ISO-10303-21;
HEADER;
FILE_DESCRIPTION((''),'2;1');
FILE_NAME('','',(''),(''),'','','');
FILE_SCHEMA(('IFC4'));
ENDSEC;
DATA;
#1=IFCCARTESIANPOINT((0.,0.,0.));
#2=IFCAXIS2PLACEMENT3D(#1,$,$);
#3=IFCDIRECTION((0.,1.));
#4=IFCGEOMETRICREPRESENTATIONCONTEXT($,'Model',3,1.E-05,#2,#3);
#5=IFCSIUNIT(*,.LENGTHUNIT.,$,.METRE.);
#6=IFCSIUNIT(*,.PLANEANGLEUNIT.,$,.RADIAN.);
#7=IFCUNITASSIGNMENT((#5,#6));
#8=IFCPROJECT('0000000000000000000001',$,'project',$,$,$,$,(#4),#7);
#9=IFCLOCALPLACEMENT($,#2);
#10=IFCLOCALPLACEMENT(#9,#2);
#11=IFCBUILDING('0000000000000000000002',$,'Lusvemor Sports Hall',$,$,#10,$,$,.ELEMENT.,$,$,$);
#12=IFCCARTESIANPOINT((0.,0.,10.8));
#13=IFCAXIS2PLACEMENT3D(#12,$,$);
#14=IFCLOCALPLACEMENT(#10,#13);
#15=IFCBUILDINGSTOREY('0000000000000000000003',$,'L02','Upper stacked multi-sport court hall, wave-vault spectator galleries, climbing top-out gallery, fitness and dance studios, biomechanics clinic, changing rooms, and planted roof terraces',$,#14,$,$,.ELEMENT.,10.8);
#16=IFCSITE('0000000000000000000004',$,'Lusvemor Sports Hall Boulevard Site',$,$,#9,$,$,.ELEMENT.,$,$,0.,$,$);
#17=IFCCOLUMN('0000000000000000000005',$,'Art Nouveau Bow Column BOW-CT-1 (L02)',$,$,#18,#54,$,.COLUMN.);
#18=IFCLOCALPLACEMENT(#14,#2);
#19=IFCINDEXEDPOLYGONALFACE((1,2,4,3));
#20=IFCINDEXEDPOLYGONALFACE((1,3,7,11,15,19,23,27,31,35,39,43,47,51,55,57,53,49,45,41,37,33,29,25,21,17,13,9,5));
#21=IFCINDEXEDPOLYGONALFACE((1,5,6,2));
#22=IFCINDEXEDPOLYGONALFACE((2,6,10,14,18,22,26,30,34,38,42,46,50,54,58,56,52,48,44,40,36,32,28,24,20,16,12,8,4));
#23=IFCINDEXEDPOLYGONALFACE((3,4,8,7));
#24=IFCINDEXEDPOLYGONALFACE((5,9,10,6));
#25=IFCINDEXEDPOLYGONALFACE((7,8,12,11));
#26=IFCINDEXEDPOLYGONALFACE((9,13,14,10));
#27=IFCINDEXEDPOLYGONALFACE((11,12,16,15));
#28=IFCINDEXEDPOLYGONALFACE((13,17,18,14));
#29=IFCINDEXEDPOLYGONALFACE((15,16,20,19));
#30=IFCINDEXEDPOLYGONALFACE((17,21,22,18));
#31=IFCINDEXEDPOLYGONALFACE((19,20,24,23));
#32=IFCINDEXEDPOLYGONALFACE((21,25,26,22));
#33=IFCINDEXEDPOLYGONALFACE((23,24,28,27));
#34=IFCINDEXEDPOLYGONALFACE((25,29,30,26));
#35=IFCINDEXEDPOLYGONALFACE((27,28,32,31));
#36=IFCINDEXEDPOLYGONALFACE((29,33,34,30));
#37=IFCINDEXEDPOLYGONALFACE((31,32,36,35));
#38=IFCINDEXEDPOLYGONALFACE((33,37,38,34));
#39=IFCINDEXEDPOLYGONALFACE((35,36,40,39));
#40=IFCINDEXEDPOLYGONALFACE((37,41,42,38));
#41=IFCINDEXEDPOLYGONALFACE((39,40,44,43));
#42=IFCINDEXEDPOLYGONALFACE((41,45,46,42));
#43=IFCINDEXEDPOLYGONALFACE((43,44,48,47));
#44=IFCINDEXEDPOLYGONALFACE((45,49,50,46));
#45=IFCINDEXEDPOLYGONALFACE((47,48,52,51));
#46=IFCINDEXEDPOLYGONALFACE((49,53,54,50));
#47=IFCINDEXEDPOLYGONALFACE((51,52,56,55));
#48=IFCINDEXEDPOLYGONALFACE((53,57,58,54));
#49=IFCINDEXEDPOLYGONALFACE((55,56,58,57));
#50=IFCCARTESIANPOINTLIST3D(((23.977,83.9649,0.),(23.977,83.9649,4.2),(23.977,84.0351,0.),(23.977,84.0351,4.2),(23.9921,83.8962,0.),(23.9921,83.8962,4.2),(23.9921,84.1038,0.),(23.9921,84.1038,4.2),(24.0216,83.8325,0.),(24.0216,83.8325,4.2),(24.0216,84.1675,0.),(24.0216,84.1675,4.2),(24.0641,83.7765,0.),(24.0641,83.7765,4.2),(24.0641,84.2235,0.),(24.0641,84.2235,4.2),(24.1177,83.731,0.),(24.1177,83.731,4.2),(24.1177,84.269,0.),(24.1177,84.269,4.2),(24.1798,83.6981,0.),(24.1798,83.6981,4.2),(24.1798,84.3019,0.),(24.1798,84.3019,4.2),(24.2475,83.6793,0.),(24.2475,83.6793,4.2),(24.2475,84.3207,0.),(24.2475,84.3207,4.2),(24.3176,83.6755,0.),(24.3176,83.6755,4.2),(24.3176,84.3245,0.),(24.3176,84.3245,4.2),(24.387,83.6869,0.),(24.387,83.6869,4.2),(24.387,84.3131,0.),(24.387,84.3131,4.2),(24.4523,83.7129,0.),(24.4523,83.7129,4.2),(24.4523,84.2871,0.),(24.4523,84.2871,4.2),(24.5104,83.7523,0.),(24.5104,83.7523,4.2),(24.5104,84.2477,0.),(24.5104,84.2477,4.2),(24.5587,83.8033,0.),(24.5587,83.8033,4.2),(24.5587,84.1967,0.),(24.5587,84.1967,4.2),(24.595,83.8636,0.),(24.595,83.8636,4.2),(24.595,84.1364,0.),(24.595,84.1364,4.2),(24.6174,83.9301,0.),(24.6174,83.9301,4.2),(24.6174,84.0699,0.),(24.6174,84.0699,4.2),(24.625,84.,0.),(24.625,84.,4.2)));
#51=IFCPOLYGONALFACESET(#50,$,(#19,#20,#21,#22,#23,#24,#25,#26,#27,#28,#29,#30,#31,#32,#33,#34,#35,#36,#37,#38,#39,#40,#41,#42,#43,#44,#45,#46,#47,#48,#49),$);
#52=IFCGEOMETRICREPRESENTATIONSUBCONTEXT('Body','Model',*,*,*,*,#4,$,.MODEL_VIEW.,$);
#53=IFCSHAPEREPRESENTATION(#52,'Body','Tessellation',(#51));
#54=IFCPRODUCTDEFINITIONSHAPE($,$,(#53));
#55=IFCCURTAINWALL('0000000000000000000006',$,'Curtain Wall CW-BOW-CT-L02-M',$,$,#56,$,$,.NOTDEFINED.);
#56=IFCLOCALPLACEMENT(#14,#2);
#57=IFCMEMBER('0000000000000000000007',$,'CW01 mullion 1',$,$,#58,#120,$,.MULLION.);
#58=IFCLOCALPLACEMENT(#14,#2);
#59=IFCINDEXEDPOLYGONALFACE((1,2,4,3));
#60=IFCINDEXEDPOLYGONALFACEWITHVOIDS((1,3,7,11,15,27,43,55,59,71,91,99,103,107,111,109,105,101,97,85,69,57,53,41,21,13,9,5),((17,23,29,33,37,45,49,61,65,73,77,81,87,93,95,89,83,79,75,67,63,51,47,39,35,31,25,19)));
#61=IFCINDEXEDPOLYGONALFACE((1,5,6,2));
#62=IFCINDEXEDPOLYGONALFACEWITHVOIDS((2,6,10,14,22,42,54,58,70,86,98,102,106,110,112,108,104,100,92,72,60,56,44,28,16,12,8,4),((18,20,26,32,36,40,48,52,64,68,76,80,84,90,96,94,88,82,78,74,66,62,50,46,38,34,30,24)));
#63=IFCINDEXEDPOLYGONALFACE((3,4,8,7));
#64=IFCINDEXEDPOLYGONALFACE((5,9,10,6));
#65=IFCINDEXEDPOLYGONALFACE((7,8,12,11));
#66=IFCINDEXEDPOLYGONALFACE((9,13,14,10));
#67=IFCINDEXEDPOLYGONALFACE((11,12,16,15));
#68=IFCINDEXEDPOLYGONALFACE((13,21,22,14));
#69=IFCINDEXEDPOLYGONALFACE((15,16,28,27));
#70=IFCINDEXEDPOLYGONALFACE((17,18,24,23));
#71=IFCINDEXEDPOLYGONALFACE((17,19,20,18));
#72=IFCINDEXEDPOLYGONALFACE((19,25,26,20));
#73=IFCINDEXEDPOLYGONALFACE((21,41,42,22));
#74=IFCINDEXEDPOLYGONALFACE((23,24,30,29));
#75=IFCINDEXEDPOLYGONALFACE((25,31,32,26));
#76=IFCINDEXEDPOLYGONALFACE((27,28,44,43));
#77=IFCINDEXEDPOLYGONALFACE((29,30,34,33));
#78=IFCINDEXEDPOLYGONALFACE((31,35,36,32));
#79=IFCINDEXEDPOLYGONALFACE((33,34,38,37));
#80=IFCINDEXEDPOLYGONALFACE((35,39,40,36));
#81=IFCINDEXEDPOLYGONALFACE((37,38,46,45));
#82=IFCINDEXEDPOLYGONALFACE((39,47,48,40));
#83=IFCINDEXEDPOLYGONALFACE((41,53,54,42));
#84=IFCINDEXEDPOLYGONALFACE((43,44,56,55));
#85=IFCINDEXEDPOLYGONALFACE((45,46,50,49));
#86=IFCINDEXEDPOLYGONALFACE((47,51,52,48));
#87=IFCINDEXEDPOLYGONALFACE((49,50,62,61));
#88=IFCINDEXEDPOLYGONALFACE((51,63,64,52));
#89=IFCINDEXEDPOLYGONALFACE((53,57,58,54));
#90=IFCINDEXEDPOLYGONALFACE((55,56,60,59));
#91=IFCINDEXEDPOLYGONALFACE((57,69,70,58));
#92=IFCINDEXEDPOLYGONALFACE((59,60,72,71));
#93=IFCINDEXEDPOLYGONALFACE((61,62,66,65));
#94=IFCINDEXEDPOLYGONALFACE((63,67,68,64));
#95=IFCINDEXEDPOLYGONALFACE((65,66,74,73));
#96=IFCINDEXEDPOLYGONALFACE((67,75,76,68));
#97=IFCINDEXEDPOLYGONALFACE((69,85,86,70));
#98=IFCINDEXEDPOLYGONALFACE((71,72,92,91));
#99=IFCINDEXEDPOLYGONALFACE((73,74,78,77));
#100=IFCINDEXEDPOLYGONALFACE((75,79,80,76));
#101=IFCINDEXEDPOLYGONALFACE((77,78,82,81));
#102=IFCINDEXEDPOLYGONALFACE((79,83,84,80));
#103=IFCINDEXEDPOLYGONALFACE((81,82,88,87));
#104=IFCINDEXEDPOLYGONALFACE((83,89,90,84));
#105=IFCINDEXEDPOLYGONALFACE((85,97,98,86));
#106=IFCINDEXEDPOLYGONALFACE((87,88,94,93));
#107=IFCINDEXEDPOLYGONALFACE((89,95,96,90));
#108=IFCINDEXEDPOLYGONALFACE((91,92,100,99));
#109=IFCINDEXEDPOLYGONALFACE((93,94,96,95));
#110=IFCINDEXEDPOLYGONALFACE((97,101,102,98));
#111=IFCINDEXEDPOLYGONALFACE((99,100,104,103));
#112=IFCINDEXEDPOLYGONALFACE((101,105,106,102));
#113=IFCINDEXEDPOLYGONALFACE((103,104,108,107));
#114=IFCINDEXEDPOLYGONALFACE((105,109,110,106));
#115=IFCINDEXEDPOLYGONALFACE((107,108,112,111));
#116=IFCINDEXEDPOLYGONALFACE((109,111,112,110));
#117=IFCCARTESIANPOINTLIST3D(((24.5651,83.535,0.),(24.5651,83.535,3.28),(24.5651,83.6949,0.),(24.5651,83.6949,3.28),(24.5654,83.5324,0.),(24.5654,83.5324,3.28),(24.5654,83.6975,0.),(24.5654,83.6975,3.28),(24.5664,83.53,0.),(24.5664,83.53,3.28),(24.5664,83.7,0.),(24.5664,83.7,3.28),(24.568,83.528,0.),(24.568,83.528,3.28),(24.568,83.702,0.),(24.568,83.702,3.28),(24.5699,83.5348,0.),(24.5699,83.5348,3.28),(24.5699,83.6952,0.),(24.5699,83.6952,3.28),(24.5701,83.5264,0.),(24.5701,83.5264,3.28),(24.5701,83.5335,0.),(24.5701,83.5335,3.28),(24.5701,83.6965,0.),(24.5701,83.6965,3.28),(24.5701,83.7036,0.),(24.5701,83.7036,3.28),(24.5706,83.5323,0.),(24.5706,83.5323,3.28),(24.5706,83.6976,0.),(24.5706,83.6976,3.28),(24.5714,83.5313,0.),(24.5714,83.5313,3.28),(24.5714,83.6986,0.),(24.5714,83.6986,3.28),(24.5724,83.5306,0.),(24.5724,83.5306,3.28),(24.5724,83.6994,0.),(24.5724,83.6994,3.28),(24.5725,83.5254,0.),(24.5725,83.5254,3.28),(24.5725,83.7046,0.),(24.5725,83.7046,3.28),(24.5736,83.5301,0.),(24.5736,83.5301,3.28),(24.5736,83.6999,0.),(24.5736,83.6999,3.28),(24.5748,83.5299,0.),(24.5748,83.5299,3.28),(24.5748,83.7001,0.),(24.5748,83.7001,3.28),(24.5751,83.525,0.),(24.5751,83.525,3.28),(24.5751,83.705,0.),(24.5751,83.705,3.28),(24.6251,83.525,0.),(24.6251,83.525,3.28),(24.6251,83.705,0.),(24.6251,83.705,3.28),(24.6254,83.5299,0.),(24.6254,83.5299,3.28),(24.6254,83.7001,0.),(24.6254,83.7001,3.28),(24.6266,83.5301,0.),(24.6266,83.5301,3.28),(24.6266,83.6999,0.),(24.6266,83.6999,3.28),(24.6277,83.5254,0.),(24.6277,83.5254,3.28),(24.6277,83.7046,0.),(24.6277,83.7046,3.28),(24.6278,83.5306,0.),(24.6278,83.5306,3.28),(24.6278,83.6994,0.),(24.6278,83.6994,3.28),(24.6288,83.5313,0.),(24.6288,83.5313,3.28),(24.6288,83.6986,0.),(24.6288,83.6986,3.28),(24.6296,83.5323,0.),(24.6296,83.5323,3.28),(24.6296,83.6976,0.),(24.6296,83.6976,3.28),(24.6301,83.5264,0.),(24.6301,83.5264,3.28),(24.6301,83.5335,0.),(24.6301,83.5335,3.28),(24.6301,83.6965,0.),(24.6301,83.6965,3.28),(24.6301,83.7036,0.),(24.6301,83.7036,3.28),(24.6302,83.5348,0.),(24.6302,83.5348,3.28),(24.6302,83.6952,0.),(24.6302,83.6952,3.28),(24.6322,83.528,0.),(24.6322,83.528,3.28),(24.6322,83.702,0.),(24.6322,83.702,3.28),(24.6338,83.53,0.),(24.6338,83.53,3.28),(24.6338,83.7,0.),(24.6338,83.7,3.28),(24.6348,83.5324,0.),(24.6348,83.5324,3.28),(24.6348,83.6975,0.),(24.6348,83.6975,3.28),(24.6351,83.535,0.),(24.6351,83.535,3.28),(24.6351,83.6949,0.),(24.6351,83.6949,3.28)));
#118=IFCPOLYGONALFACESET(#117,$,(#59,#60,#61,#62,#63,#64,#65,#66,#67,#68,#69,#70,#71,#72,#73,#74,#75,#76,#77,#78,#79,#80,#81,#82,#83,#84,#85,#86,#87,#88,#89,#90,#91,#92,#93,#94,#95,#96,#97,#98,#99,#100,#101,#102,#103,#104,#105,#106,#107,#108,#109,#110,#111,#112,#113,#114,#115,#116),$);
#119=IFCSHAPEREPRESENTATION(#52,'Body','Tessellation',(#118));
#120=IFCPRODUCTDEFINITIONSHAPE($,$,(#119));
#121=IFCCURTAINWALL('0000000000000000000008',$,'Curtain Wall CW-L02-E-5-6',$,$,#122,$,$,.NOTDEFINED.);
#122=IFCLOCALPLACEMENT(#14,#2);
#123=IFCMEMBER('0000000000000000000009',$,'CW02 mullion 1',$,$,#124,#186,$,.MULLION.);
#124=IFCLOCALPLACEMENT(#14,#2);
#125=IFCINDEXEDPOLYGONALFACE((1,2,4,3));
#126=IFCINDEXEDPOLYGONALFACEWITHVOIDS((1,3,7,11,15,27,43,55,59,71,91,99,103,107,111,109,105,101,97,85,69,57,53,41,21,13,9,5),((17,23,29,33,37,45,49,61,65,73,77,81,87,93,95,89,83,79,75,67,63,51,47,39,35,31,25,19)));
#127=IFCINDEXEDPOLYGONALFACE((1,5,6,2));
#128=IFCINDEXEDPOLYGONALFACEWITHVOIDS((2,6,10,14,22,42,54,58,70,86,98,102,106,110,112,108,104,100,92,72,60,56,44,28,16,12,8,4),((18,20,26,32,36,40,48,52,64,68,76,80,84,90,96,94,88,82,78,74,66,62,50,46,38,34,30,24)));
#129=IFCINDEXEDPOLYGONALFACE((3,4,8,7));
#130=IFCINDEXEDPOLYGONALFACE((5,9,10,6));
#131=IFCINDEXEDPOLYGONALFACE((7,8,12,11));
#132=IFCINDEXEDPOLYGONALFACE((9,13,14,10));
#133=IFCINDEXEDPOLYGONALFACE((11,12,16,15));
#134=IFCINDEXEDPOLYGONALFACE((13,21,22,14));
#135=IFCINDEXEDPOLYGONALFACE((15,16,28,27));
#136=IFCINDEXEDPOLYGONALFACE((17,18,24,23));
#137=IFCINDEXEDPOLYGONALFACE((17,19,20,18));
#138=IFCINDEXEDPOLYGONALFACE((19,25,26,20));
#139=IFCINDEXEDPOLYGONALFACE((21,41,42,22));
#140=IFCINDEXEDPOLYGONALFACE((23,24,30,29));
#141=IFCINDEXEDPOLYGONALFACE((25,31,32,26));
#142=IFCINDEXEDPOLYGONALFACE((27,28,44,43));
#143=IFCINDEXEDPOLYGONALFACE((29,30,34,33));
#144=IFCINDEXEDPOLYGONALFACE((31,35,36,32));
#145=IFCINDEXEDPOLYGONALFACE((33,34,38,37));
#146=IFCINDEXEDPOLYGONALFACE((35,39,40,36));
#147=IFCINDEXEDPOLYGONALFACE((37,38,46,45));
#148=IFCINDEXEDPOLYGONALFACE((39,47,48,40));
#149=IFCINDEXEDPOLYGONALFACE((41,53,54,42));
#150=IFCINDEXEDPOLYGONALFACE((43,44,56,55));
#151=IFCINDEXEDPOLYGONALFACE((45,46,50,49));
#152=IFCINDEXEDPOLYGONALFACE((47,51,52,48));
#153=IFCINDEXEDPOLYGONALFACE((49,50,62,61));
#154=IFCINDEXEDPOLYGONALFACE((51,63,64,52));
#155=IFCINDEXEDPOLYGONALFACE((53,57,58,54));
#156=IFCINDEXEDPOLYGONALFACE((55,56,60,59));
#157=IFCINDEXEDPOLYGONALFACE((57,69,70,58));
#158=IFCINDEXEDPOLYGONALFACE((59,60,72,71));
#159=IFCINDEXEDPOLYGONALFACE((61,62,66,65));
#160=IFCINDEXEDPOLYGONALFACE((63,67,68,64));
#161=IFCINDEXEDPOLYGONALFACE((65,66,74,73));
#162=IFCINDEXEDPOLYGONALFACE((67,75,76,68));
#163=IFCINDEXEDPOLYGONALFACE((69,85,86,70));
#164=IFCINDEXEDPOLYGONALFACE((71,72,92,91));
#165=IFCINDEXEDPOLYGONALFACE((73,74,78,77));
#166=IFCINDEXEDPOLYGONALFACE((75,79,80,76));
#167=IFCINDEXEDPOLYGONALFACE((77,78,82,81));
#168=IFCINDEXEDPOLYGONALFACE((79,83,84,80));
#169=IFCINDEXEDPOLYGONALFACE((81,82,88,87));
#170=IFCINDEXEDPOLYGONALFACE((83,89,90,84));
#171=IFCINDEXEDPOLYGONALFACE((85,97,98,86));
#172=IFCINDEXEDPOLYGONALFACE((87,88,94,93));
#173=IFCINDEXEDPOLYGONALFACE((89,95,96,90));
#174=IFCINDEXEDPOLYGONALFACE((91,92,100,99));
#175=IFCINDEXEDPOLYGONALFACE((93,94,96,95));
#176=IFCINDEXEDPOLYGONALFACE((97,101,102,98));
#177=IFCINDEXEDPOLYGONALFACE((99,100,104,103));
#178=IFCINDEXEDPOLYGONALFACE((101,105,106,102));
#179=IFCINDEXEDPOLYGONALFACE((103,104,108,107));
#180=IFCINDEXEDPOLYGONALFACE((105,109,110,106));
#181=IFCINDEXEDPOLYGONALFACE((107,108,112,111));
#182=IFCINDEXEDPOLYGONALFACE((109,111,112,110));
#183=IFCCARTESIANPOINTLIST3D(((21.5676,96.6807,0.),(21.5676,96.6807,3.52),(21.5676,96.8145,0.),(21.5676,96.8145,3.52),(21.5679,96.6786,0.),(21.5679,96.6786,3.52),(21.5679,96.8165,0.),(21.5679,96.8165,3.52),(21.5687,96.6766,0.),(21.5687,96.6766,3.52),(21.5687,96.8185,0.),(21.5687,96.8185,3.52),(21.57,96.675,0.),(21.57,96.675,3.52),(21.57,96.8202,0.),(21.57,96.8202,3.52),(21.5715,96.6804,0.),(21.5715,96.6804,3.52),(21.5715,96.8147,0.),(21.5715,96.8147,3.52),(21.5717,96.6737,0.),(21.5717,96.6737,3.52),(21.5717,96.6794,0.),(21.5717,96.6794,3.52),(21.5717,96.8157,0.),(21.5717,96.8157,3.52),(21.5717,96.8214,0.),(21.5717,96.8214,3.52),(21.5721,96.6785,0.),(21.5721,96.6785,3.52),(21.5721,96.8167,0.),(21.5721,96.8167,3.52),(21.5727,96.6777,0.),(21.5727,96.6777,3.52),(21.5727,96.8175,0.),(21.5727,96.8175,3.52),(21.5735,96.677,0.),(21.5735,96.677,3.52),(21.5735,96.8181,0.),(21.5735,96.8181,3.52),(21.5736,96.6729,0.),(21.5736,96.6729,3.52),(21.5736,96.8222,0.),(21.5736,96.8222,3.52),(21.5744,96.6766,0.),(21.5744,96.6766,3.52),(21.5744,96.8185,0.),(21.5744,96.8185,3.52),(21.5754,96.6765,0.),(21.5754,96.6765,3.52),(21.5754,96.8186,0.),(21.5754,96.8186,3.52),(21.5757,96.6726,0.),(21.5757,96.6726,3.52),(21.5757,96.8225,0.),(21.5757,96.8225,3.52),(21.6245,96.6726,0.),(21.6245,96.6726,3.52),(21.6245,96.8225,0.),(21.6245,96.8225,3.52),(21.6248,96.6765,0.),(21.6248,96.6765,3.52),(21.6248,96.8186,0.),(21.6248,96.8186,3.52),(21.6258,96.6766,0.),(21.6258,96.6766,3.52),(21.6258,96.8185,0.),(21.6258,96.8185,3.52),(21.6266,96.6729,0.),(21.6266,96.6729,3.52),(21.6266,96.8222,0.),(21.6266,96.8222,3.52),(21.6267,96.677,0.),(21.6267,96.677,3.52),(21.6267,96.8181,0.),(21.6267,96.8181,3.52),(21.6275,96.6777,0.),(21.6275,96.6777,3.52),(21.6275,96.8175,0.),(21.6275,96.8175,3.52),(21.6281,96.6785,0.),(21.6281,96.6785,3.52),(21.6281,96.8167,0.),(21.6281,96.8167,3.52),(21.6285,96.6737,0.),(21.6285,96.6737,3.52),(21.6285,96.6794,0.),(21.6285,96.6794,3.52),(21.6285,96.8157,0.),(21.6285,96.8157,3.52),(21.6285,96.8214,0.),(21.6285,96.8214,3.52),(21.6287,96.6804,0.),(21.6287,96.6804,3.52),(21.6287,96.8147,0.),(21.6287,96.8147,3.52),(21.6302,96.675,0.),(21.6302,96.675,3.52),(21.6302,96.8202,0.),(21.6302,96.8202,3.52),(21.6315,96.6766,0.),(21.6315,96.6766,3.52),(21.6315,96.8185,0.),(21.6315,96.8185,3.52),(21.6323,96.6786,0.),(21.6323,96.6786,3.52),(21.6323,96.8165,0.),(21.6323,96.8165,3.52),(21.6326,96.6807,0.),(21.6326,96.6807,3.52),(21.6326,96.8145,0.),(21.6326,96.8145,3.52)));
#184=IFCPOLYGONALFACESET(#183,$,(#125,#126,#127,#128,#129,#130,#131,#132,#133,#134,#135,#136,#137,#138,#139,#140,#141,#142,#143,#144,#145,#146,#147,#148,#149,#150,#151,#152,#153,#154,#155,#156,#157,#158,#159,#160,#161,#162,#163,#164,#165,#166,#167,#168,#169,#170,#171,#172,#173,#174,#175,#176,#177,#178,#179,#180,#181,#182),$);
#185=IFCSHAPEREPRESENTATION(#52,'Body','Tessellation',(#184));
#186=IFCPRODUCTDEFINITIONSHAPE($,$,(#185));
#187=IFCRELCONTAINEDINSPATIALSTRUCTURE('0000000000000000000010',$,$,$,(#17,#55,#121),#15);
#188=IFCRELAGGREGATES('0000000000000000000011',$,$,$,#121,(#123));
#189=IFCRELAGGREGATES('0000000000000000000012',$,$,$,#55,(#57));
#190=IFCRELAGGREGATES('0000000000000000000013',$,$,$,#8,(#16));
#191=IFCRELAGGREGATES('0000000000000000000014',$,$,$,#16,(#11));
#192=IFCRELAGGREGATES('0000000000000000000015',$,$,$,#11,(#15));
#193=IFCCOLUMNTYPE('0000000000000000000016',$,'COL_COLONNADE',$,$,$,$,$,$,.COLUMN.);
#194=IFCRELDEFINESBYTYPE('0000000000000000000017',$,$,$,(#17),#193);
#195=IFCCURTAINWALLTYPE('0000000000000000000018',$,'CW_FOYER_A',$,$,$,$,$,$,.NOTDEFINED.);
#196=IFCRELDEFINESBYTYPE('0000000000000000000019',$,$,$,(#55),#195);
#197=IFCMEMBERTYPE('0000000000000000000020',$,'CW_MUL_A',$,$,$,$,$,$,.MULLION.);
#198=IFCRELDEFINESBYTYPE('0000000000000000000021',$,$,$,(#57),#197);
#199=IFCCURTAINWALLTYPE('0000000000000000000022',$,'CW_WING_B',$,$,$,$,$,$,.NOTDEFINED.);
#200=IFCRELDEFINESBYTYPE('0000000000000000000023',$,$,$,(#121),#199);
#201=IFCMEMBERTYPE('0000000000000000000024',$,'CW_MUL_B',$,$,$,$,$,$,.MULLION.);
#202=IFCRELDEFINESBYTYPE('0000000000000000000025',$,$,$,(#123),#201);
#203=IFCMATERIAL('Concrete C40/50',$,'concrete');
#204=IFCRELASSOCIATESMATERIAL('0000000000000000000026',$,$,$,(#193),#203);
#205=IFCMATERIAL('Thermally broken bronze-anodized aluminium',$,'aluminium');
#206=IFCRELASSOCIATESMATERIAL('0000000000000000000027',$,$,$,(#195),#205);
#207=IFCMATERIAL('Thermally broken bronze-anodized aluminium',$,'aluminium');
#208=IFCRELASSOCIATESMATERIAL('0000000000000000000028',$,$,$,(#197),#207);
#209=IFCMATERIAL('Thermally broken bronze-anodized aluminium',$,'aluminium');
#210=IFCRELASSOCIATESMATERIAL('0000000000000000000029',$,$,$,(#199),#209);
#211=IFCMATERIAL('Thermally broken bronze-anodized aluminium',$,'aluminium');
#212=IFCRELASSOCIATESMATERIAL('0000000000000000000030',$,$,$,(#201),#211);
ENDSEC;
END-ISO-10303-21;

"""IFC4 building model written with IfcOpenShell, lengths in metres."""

from ifc_helpers import new_model, si_unit, direction, frame, origin, origin_2d, place, context, subcontext, project, spatial, hollow_rectangle, circle, extrude, material, material_profile, profile_set, type_object, element, aggregate, save


model = new_model("IFC4")

# Units and contexts
model_context = context("Model", 3, precision=1e-05, world=origin(), true_north=direction((0.0, 1.0)))
body_context = subcontext(model_context, "Body", "Model", "MODEL_VIEW")
ifc_project = project(units=[si_unit("LENGTHUNIT", "METRE"), si_unit("PLANEANGLEUNIT", "RADIAN")], contexts=[model_context])

# Site, building, storey
site_placement = place(None, origin())
site = spatial("IfcSite", under=ifc_project, at=site_placement, Name="Lusvemor Sports Hall Boulevard Site", CompositionType="ELEMENT", RefElevation=0.0)
building_placement = place(site_placement, origin())
building = spatial("IfcBuilding", under=site, at=building_placement, Name="Lusvemor Sports Hall", CompositionType="ELEMENT")
storey_placement = place(building_placement, frame((0.0, 0.0, 10.8)))
storey = spatial("IfcBuildingStorey", under=building, at=storey_placement, Name="L02", Description="Upper stacked multi-sport court hall, wave-vault spectator galleries, climbing top-out gallery, fitness and dance studios, biomechanics clinic, changing rooms, and planted roof terraces", CompositionType="ELEMENT", Elevation=10.8)

# Column
ifc_material_1 = material(Name="Concrete C40/50", Category="concrete")
ifc_material_profile_1 = material_profile(ifc_material_1, circle(Radius=0.325, at=origin_2d()), Name="RCCIRC650")
ifc_profile_set_1 = profile_set([ifc_material_profile_1], Name="Concrete C40/50")
column_type = type_object("IfcColumnType", Name="COL_COLONNADE", PredefinedType="COLUMN", material=ifc_profile_set_1)
column_placement = place(storey_placement, frame((24.3, 84.0, 0.0), z_axis=(0.0, 0.0, 1.0), x_axis=(1.0, 0.0, 0.0)))
element("IfcColumn", 1, at=column_placement, inside=storey, type_object=column_type, Name="Art Nouveau Bow Column BOW-CT-1 (L02)", PredefinedType="COLUMN", context=body_context, shape_type="SweptSolid", body=[
    extrude(circle(Radius=0.325, at=origin_2d()), origin(), (0.0, 0.0, 1.0), 4.2),
])

# Curtain walls, members
ifc_material_2 = material(Name="Thermally broken bronze-anodized aluminium", Category="aluminium")
curtain_wall_type_1 = type_object("IfcCurtainWallType", Name="CW_FOYER_A", PredefinedType="NOTDEFINED", material=ifc_material_2)
curtain_wall_1_placement = place(storey_placement, origin())
curtain_wall_1 = element("IfcCurtainWall", 2, at=curtain_wall_1_placement, inside=storey, type_object=curtain_wall_type_1, Name="Curtain Wall CW-BOW-CT-L02-M", PredefinedType="NOTDEFINED")
ifc_material_3 = material(Name="Thermally broken bronze-anodized aluminium", Category="aluminium")
ifc_material_profile_2 = material_profile(ifc_material_3, hollow_rectangle(XDim=0.0701, YDim=0.1799, WallThickness=0.0049, InnerFilletRadius=0.0049, OuterFilletRadius=0.01, at=origin_2d()), Name="CWMUL180x70x5")
ifc_profile_set_2 = profile_set([ifc_material_profile_2], Name="Thermally broken bronze-anodized aluminium")
member_type_1 = type_object("IfcMemberType", Name="CW_MUL_A", PredefinedType="MULLION", material=ifc_profile_set_2)
member_1_placement = place(storey_placement, frame((24.6001, 83.615, 0.0), z_axis=(0.0, 0.0, 1.0), x_axis=(1.0, 0.0, 0.0)))
member_1 = element("IfcMember", 3, at=member_1_placement, type_object=member_type_1, Name="CW01 mullion 1", PredefinedType="MULLION", context=body_context, shape_type="SweptSolid", body=[
    extrude(hollow_rectangle(XDim=0.0701, YDim=0.1799, WallThickness=0.0049, InnerFilletRadius=0.0049, OuterFilletRadius=0.01, at=origin_2d()), origin(), (0.0, 0.0, 1.0), 3.28),
])
ifc_material_4 = material(Name="Thermally broken bronze-anodized aluminium", Category="aluminium")
curtain_wall_type_2 = type_object("IfcCurtainWallType", Name="CW_WING_B", PredefinedType="NOTDEFINED", material=ifc_material_4)
curtain_wall_2_placement = place(storey_placement, origin())
curtain_wall_2 = element("IfcCurtainWall", 4, at=curtain_wall_2_placement, inside=storey, type_object=curtain_wall_type_2, Name="Curtain Wall CW-L02-E-5-6", PredefinedType="NOTDEFINED")
ifc_material_5 = material(Name="Thermally broken bronze-anodized aluminium", Category="aluminium")
ifc_material_profile_3 = material_profile(ifc_material_5, hollow_rectangle(XDim=0.0649, YDim=0.1499, WallThickness=0.0039, InnerFilletRadius=0.0039, OuterFilletRadius=0.0081, at=origin_2d()), Name="CWMUL150x65x4")
ifc_profile_set_3 = profile_set([ifc_material_profile_3], Name="Thermally broken bronze-anodized aluminium")
member_type_2 = type_object("IfcMemberType", Name="CW_MUL_B", PredefinedType="MULLION", material=ifc_profile_set_3)
member_2_placement = place(storey_placement, frame((21.6001, 96.7476, 0.0), z_axis=(0.0, 0.0, 1.0), x_axis=(1.0, 0.0, 0.0)))
member_2 = element("IfcMember", 5, at=member_2_placement, type_object=member_type_2, Name="CW02 mullion 1", PredefinedType="MULLION", context=body_context, shape_type="SweptSolid", body=[
    extrude(hollow_rectangle(XDim=0.0649, YDim=0.1499, WallThickness=0.0039, InnerFilletRadius=0.0039, OuterFilletRadius=0.0081, at=origin_2d()), origin(), (0.0, 0.0, 1.0), 3.52),
])
aggregate(curtain_wall_2, [member_2])

aggregate(curtain_wall_1, [member_1])

save(model, "model.ifc")
